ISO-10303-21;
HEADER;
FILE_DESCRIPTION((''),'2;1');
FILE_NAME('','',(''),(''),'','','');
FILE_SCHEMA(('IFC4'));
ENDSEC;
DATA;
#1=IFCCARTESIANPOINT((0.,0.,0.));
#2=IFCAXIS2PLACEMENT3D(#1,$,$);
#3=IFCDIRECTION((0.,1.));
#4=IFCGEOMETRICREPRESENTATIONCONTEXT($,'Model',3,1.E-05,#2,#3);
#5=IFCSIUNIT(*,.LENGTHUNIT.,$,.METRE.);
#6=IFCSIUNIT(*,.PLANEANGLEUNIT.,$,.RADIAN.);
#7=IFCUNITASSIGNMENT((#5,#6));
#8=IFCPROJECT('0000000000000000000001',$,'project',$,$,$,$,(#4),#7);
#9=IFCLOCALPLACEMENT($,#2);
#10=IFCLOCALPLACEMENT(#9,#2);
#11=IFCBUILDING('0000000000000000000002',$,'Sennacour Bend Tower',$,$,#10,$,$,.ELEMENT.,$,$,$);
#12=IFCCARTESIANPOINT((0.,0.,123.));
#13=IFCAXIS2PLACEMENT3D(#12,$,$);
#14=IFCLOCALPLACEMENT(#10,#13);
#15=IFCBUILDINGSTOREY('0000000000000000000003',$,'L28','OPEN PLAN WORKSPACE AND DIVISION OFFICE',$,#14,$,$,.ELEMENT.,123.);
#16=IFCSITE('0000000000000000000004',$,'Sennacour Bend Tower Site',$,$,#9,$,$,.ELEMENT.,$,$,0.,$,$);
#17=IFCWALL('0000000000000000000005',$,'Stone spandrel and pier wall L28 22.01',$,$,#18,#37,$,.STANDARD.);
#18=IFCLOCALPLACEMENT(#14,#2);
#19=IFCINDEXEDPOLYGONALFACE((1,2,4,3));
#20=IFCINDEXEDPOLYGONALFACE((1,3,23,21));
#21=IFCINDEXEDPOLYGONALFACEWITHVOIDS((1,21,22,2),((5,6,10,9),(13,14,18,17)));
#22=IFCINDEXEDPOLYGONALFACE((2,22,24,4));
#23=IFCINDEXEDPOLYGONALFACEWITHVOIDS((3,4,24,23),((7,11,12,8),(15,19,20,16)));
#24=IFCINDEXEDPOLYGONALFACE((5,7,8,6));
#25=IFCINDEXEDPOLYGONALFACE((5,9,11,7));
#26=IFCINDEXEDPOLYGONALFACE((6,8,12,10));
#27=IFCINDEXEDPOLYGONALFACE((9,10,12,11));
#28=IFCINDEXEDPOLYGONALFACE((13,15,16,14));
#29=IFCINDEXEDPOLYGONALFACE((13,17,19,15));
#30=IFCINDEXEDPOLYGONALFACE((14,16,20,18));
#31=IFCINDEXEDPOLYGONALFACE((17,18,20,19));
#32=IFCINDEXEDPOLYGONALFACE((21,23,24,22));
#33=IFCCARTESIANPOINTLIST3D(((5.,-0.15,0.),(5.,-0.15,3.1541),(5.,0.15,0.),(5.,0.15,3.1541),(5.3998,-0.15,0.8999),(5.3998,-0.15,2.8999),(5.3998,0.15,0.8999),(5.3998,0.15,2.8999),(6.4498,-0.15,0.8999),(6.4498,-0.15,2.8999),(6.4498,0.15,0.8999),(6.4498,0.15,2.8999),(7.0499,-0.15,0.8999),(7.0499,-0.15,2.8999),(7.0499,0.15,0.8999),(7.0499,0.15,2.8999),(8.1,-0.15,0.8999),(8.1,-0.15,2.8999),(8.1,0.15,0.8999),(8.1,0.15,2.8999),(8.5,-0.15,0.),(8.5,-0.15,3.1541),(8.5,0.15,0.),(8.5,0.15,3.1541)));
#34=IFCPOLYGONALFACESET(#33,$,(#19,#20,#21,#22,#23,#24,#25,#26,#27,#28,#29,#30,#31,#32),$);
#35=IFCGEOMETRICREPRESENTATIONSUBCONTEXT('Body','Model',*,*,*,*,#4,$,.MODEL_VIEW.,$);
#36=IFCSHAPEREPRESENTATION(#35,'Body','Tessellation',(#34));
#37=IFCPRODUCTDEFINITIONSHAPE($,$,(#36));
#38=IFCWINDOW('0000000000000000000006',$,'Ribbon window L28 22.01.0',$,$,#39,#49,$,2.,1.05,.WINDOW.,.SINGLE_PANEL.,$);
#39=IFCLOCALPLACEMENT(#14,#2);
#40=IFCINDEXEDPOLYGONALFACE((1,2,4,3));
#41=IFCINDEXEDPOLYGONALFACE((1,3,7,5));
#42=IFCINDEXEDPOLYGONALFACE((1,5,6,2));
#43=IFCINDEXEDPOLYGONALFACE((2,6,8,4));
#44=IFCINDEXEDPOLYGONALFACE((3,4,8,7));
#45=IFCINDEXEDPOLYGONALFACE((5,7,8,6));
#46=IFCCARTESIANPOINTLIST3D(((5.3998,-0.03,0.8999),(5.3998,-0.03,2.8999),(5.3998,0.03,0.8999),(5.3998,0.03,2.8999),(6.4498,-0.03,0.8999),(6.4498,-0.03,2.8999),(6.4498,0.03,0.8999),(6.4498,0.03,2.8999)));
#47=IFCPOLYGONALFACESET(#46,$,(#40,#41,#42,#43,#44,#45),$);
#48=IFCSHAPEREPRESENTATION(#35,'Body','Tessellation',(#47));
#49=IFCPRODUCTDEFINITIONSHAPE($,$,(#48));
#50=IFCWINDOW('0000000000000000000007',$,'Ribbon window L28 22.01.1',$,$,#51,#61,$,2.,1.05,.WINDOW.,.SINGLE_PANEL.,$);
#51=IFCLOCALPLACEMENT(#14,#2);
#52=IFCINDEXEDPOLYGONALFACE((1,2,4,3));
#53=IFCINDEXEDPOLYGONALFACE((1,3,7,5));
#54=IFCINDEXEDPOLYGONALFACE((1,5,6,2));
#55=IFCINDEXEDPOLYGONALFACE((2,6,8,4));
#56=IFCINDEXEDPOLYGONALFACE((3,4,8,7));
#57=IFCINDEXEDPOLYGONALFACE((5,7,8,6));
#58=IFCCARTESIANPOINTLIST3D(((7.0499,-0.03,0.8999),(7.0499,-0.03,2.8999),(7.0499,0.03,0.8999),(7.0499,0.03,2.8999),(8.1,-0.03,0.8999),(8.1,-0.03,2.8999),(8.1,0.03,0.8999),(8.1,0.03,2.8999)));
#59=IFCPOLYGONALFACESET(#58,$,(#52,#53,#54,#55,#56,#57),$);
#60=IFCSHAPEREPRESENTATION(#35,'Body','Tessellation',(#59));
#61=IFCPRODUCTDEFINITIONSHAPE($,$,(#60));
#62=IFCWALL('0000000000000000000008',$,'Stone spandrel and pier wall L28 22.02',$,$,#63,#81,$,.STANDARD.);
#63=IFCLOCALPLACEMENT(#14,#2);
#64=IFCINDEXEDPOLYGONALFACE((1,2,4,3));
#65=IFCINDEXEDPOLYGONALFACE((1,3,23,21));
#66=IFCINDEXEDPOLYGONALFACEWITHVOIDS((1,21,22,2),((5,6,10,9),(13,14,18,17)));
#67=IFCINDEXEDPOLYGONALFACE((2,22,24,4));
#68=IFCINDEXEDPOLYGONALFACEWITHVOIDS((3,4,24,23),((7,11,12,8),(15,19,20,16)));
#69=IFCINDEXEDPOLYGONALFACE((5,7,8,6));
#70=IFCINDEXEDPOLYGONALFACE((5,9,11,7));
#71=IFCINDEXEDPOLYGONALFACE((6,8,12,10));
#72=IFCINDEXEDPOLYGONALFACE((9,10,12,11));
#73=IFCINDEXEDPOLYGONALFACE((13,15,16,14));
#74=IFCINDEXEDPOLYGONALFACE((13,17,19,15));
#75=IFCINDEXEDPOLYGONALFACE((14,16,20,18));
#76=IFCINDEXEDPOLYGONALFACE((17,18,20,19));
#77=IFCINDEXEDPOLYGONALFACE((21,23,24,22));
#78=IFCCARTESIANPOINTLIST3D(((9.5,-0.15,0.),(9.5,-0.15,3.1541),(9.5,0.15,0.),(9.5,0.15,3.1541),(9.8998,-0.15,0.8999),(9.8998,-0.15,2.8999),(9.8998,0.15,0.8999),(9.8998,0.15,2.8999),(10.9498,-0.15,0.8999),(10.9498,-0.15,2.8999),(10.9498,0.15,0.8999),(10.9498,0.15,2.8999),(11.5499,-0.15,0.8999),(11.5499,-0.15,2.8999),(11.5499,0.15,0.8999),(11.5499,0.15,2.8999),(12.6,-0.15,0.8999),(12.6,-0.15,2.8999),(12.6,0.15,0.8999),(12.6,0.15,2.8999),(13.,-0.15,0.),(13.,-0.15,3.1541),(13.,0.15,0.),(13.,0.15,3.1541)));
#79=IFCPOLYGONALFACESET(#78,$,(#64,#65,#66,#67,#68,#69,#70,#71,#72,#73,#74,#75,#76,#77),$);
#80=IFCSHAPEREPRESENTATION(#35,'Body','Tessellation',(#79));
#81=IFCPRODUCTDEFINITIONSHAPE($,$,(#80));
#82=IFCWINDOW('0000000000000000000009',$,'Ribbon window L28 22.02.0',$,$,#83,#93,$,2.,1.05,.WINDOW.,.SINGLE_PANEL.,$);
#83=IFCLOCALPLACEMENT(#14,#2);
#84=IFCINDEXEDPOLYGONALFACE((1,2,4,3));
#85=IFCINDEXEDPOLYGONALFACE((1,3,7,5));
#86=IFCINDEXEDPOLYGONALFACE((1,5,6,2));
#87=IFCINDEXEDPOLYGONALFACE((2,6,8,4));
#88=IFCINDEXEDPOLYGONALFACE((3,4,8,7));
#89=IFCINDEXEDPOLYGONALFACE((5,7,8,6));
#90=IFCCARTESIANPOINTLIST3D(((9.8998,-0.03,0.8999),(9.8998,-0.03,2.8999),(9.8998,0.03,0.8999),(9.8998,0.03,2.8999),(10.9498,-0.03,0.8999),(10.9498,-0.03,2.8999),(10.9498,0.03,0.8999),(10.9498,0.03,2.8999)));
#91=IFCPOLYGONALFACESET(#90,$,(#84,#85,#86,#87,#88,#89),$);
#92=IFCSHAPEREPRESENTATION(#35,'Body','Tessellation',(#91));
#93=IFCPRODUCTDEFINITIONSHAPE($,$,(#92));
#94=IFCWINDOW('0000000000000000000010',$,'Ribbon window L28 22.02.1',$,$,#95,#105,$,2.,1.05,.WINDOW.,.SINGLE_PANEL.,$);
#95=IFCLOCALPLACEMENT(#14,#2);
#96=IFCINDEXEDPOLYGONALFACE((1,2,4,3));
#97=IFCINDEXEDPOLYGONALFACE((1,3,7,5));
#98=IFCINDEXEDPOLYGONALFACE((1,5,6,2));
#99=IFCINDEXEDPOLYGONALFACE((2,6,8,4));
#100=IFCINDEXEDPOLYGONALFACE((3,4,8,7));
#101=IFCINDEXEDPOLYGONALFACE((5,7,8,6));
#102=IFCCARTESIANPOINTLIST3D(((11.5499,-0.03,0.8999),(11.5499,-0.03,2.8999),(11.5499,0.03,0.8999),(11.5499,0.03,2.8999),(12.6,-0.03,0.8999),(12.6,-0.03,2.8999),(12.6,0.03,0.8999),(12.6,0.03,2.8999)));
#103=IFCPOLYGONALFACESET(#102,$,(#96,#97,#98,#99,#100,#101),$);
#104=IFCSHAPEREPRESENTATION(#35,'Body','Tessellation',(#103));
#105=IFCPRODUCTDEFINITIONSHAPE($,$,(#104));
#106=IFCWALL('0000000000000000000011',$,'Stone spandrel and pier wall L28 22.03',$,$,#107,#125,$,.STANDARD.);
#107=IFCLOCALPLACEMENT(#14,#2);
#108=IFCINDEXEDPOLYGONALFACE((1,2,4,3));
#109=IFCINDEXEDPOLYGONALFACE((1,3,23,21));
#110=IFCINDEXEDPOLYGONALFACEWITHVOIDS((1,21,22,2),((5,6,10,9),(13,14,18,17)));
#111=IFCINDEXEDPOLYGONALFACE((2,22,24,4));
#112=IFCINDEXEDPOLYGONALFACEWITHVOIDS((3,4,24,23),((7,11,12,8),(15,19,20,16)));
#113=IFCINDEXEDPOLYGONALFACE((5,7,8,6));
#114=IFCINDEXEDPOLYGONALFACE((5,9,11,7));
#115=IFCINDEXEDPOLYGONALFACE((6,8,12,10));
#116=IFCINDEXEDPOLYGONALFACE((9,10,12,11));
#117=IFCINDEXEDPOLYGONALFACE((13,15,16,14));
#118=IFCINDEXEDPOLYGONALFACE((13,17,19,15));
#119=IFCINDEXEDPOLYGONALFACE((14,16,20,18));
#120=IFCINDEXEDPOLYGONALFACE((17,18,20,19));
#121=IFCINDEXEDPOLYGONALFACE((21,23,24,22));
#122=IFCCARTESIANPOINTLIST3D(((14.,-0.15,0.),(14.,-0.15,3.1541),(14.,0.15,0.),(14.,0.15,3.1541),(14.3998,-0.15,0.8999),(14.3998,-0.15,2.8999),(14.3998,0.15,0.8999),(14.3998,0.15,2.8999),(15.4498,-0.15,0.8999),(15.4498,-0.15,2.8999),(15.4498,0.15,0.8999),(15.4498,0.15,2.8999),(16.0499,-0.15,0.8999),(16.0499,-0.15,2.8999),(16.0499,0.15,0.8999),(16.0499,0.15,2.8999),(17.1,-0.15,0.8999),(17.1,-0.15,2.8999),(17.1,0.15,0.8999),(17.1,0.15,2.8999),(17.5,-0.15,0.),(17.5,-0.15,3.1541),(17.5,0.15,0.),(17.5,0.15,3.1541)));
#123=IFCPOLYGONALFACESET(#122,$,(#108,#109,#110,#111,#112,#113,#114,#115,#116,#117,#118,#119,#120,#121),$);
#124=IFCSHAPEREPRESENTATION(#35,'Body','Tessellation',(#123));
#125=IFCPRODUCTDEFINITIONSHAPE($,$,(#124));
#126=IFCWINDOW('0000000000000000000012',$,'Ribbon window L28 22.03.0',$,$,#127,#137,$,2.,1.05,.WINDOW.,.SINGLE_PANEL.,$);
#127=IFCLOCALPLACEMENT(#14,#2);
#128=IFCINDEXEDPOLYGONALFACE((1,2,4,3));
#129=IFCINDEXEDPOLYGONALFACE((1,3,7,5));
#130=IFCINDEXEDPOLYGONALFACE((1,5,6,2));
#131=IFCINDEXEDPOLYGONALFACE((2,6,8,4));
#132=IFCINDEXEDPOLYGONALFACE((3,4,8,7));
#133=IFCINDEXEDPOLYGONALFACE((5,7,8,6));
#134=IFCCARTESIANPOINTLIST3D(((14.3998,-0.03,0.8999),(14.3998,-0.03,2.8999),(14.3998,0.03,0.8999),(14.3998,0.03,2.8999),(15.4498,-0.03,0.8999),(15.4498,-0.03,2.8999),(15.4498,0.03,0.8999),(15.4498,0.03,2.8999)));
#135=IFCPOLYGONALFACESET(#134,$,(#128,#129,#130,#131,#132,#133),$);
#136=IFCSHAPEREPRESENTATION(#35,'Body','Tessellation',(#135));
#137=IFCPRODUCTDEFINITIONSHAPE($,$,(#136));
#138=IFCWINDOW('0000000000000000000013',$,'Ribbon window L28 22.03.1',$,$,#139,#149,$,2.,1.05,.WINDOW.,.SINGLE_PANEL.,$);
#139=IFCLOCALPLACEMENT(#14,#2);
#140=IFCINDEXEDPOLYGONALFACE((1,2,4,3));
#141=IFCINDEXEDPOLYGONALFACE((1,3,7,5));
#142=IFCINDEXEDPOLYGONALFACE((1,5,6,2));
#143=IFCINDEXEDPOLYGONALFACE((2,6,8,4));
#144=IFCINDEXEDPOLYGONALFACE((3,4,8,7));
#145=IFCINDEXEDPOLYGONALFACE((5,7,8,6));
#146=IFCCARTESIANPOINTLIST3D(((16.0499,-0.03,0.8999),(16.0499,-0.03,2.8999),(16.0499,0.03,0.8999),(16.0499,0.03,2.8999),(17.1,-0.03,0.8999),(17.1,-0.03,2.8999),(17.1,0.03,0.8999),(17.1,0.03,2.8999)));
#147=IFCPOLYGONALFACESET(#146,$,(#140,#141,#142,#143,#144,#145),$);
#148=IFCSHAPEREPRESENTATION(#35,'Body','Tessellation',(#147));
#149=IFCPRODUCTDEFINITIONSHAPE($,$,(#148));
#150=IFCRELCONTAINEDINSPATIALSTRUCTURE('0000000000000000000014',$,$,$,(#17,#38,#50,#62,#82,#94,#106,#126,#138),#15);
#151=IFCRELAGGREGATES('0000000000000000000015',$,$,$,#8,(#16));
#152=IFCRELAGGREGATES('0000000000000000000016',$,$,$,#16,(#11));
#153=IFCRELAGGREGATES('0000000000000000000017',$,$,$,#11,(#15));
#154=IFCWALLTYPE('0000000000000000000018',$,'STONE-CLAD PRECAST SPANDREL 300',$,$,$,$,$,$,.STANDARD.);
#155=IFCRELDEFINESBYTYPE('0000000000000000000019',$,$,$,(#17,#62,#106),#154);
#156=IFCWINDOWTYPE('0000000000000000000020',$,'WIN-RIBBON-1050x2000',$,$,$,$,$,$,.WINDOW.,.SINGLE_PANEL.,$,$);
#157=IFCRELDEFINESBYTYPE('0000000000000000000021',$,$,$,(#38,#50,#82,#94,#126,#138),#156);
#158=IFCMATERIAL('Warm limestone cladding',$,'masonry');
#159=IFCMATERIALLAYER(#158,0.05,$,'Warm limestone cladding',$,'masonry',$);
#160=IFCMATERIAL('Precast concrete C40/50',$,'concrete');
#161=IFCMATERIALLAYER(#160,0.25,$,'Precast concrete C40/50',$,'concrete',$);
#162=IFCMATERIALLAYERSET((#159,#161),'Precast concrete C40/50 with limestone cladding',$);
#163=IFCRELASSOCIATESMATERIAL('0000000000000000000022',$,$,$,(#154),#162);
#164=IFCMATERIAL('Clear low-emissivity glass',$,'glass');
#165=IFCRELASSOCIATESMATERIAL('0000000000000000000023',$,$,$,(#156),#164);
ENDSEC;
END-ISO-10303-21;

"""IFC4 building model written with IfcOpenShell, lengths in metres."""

from ifc_helpers import new_model, si_unit, direction, frame, frame_2d, origin, place, context, subcontext, project, spatial, rectangle, extrude, material, layer, layer_set, type_object, element, fill, save


model = new_model("IFC4")

# Units and contexts
model_context = context("Model", 3, precision=1e-05, world=origin(), true_north=direction((0.0, 1.0)))
body_context = subcontext(model_context, "Body", "Model", "MODEL_VIEW")
ifc_project = project(units=[si_unit("LENGTHUNIT", "METRE"), si_unit("PLANEANGLEUNIT", "RADIAN")], contexts=[model_context])

# Site, building, storey
site_placement = place(None, origin())
site = spatial("IfcSite", under=ifc_project, at=site_placement, Name="Sennacour Bend Tower Site", CompositionType="ELEMENT", RefElevation=0.0)
building_placement = place(site_placement, origin())
building = spatial("IfcBuilding", under=site, at=building_placement, Name="Sennacour Bend Tower", CompositionType="ELEMENT")
storey_placement = place(building_placement, frame((0.0, 0.0, 123.0)))
storey = spatial("IfcBuildingStorey", under=building, at=storey_placement, Name="L28", Description="OPEN PLAN WORKSPACE AND DIVISION OFFICE", CompositionType="ELEMENT", Elevation=123.0)

# Walls, openings, windows
ifc_material_1 = material(Name="Warm limestone cladding", Category="masonry")
ifc_layer_1 = layer(ifc_material_1, 0.05, Name="Warm limestone cladding", Category="masonry")
ifc_material_2 = material(Name="Precast concrete C40/50", Category="concrete")
ifc_layer_2 = layer(ifc_material_2, 0.25, Name="Precast concrete C40/50", Category="concrete")
ifc_layer_set_1 = layer_set([ifc_layer_1, ifc_layer_2], Name="Precast concrete C40/50 with limestone cladding")
wall_type_1 = type_object("IfcWallType", Name="STONE-CLAD PRECAST SPANDREL 300", PredefinedType="STANDARD", material=ifc_layer_set_1)
wall_1_placement = place(storey_placement, frame((5.0, 0.0, 0.0), z_axis=(0.0, 0.0, 1.0), x_axis=(1.0, 0.0, 0.0)))
wall_1 = element("IfcWall", 1, at=wall_1_placement, inside=storey, type_object=wall_type_1, Name="Stone spandrel and pier wall L28 22.01", PredefinedType="STANDARD", context=body_context, shape_type="SweptSolid", body=[
    extrude(rectangle(XDim=3.5, YDim=0.3, at=frame_2d((1.75, 0.0))), origin(), (0.0, 0.0, 1.0), 3.1541),
])
opening_1_placement = place(wall_1_placement, frame((0.3999, 0.0, 0.8999)))
opening_1 = element("IfcOpeningElement", 2, at=opening_1_placement, cuts=wall_1, PredefinedType="OPENING", context=body_context, shape_type="SweptSolid", body=[
    extrude(rectangle(XDim=1.05, YDim=2.0, at=frame_2d((0.5249, 1.0))), frame((0.0, 0.1602, 0.0), z_axis=(0.0, -1.0, 0.0), x_axis=(1.0, 0.0, 0.0)), (0.0, 0.0, 1.0), 0.3201),
])
opening_2_placement = place(wall_1_placement, frame((2.05, 0.0, 0.8999)))
opening_2 = element("IfcOpeningElement", 3, at=opening_2_placement, cuts=wall_1, PredefinedType="OPENING", context=body_context, shape_type="SweptSolid", body=[
    extrude(rectangle(XDim=1.05, YDim=2.0, at=frame_2d((0.5249, 1.0))), frame((0.0, 0.1602, 0.0), z_axis=(0.0, -1.0, 0.0), x_axis=(1.0, 0.0, 0.0)), (0.0, 0.0, 1.0), 0.3201),
])
ifc_material_3 = material(Name="Clear low-emissivity glass", Category="glass")
window_type = type_object("IfcWindowType", Name="WIN-RIBBON-1050x2000", PartitioningType="SINGLE_PANEL", PredefinedType="WINDOW", material=ifc_material_3)
window_1_placement = place(opening_1_placement, origin())
window_1 = element("IfcWindow", 4, at=window_1_placement, inside=storey, type_object=window_type, Name="Ribbon window L28 22.01.0", OverallHeight=2.0, OverallWidth=1.05, PartitioningType="SINGLE_PANEL", PredefinedType="WINDOW", context=body_context, shape_type="SweptSolid", body=[
    extrude(rectangle(XDim=1.05, YDim=2.0, at=frame_2d((0.5249, 1.0))), frame((0.0, 0.03, 0.0), z_axis=(0.0, -1.0, 0.0), x_axis=(1.0, 0.0, 0.0)), (0.0, 0.0, 1.0), 0.0601),
])
fill(opening_1, window_1)
window_2_placement = place(opening_2_placement, origin())
window_2 = element("IfcWindow", 5, at=window_2_placement, inside=storey, type_object=window_type, Name="Ribbon window L28 22.01.1", OverallHeight=2.0, OverallWidth=1.05, PartitioningType="SINGLE_PANEL", PredefinedType="WINDOW", context=body_context, shape_type="SweptSolid", body=[
    extrude(rectangle(XDim=1.05, YDim=2.0, at=frame_2d((0.5249, 1.0))), frame((0.0, 0.03, 0.0), z_axis=(0.0, -1.0, 0.0), x_axis=(1.0, 0.0, 0.0)), (0.0, 0.0, 1.0), 0.0601),
])
fill(opening_2, window_2)
wall_2_placement = place(storey_placement, frame((9.5, 0.0, 0.0), z_axis=(0.0, 0.0, 1.0), x_axis=(1.0, 0.0, 0.0)))
wall_2 = element("IfcWall", 6, at=wall_2_placement, inside=storey, type_object=wall_type_1, Name="Stone spandrel and pier wall L28 22.02", PredefinedType="STANDARD", context=body_context, shape_type="SweptSolid", body=[
    extrude(rectangle(XDim=3.5, YDim=0.3, at=frame_2d((1.75, 0.0))), origin(), (0.0, 0.0, 1.0), 3.1541),
])
opening_3_placement = place(wall_2_placement, frame((0.3999, 0.0, 0.8999)))
opening_3 = element("IfcOpeningElement", 7, at=opening_3_placement, cuts=wall_2, PredefinedType="OPENING", context=body_context, shape_type="SweptSolid", body=[
    extrude(rectangle(XDim=1.05, YDim=2.0, at=frame_2d((0.5249, 1.0))), frame((0.0, 0.1602, 0.0), z_axis=(0.0, -1.0, 0.0), x_axis=(1.0, 0.0, 0.0)), (0.0, 0.0, 1.0), 0.3201),
])
opening_4_placement = place(wall_2_placement, frame((2.05, 0.0, 0.8999)))
opening_4 = element("IfcOpeningElement", 8, at=opening_4_placement, cuts=wall_2, PredefinedType="OPENING", context=body_context, shape_type="SweptSolid", body=[
    extrude(rectangle(XDim=1.05, YDim=2.0, at=frame_2d((0.5249, 1.0))), frame((0.0, 0.1602, 0.0), z_axis=(0.0, -1.0, 0.0), x_axis=(1.0, 0.0, 0.0)), (0.0, 0.0, 1.0), 0.3201),
])
window_3_placement = place(opening_3_placement, origin())
window_3 = element("IfcWindow", 9, at=window_3_placement, inside=storey, type_object=window_type, Name="Ribbon window L28 22.02.0", OverallHeight=2.0, OverallWidth=1.05, PartitioningType="SINGLE_PANEL", PredefinedType="WINDOW", context=body_context, shape_type="SweptSolid", body=[
    extrude(rectangle(XDim=1.05, YDim=2.0, at=frame_2d((0.5249, 1.0))), frame((0.0, 0.03, 0.0), z_axis=(0.0, -1.0, 0.0), x_axis=(1.0, 0.0, 0.0)), (0.0, 0.0, 1.0), 0.0601),
])
fill(opening_3, window_3)
window_4_placement = place(opening_4_placement, origin())
window_4 = element("IfcWindow", 10, at=window_4_placement, inside=storey, type_object=window_type, Name="Ribbon window L28 22.02.1", OverallHeight=2.0, OverallWidth=1.05, PartitioningType="SINGLE_PANEL", PredefinedType="WINDOW", context=body_context, shape_type="SweptSolid", body=[
    extrude(rectangle(XDim=1.05, YDim=2.0, at=frame_2d((0.5249, 1.0))), frame((0.0, 0.03, 0.0), z_axis=(0.0, -1.0, 0.0), x_axis=(1.0, 0.0, 0.0)), (0.0, 0.0, 1.0), 0.0601),
])
fill(opening_4, window_4)
wall_3_placement = place(storey_placement, frame((14.0, 0.0, 0.0), z_axis=(0.0, 0.0, 1.0), x_axis=(1.0, 0.0, 0.0)))
wall_3 = element("IfcWall", 11, at=wall_3_placement, inside=storey, type_object=wall_type_1, Name="Stone spandrel and pier wall L28 22.03", PredefinedType="STANDARD", context=body_context, shape_type="SweptSolid", body=[
    extrude(rectangle(XDim=3.5, YDim=0.3, at=frame_2d((1.75, 0.0))), origin(), (0.0, 0.0, 1.0), 3.1541),
])
opening_5_placement = place(wall_3_placement, frame((0.3999, 0.0, 0.8999)))
opening_5 = element("IfcOpeningElement", 12, at=opening_5_placement, cuts=wall_3, PredefinedType="OPENING", context=body_context, shape_type="SweptSolid", body=[
    extrude(rectangle(XDim=1.05, YDim=2.0, at=frame_2d((0.5249, 1.0))), frame((0.0, 0.1602, 0.0), z_axis=(0.0, -1.0, 0.0), x_axis=(1.0, 0.0, 0.0)), (0.0, 0.0, 1.0), 0.3201),
])
opening_6_placement = place(wall_3_placement, frame((2.05, 0.0, 0.8999)))
opening_6 = element("IfcOpeningElement", 13, at=opening_6_placement, cuts=wall_3, PredefinedType="OPENING", context=body_context, shape_type="SweptSolid", body=[
    extrude(rectangle(XDim=1.05, YDim=2.0, at=frame_2d((0.5249, 1.0))), frame((0.0, 0.1602, 0.0), z_axis=(0.0, -1.0, 0.0), x_axis=(1.0, 0.0, 0.0)), (0.0, 0.0, 1.0), 0.3201),
])
window_5_placement = place(opening_5_placement, origin())
window_5 = element("IfcWindow", 14, at=window_5_placement, inside=storey, type_object=window_type, Name="Ribbon window L28 22.03.0", OverallHeight=2.0, OverallWidth=1.05, PartitioningType="SINGLE_PANEL", PredefinedType="WINDOW", context=body_context, shape_type="SweptSolid", body=[
    extrude(rectangle(XDim=1.05, YDim=2.0, at=frame_2d((0.5249, 1.0))), frame((0.0, 0.03, 0.0), z_axis=(0.0, -1.0, 0.0), x_axis=(1.0, 0.0, 0.0)), (0.0, 0.0, 1.0), 0.0601),
])
fill(opening_5, window_5)
window_6_placement = place(opening_6_placement, origin())
window_6 = element("IfcWindow", 15, at=window_6_placement, inside=storey, type_object=window_type, Name="Ribbon window L28 22.03.1", OverallHeight=2.0, OverallWidth=1.05, PartitioningType="SINGLE_PANEL", PredefinedType="WINDOW", context=body_context, shape_type="SweptSolid", body=[
    extrude(rectangle(XDim=1.05, YDim=2.0, at=frame_2d((0.5249, 1.0))), frame((0.0, 0.03, 0.0), z_axis=(0.0, -1.0, 0.0), x_axis=(1.0, 0.0, 0.0)), (0.0, 0.0, 1.0), 0.0601),
])
fill(opening_6, window_6)

save(model, "model.ifc")
